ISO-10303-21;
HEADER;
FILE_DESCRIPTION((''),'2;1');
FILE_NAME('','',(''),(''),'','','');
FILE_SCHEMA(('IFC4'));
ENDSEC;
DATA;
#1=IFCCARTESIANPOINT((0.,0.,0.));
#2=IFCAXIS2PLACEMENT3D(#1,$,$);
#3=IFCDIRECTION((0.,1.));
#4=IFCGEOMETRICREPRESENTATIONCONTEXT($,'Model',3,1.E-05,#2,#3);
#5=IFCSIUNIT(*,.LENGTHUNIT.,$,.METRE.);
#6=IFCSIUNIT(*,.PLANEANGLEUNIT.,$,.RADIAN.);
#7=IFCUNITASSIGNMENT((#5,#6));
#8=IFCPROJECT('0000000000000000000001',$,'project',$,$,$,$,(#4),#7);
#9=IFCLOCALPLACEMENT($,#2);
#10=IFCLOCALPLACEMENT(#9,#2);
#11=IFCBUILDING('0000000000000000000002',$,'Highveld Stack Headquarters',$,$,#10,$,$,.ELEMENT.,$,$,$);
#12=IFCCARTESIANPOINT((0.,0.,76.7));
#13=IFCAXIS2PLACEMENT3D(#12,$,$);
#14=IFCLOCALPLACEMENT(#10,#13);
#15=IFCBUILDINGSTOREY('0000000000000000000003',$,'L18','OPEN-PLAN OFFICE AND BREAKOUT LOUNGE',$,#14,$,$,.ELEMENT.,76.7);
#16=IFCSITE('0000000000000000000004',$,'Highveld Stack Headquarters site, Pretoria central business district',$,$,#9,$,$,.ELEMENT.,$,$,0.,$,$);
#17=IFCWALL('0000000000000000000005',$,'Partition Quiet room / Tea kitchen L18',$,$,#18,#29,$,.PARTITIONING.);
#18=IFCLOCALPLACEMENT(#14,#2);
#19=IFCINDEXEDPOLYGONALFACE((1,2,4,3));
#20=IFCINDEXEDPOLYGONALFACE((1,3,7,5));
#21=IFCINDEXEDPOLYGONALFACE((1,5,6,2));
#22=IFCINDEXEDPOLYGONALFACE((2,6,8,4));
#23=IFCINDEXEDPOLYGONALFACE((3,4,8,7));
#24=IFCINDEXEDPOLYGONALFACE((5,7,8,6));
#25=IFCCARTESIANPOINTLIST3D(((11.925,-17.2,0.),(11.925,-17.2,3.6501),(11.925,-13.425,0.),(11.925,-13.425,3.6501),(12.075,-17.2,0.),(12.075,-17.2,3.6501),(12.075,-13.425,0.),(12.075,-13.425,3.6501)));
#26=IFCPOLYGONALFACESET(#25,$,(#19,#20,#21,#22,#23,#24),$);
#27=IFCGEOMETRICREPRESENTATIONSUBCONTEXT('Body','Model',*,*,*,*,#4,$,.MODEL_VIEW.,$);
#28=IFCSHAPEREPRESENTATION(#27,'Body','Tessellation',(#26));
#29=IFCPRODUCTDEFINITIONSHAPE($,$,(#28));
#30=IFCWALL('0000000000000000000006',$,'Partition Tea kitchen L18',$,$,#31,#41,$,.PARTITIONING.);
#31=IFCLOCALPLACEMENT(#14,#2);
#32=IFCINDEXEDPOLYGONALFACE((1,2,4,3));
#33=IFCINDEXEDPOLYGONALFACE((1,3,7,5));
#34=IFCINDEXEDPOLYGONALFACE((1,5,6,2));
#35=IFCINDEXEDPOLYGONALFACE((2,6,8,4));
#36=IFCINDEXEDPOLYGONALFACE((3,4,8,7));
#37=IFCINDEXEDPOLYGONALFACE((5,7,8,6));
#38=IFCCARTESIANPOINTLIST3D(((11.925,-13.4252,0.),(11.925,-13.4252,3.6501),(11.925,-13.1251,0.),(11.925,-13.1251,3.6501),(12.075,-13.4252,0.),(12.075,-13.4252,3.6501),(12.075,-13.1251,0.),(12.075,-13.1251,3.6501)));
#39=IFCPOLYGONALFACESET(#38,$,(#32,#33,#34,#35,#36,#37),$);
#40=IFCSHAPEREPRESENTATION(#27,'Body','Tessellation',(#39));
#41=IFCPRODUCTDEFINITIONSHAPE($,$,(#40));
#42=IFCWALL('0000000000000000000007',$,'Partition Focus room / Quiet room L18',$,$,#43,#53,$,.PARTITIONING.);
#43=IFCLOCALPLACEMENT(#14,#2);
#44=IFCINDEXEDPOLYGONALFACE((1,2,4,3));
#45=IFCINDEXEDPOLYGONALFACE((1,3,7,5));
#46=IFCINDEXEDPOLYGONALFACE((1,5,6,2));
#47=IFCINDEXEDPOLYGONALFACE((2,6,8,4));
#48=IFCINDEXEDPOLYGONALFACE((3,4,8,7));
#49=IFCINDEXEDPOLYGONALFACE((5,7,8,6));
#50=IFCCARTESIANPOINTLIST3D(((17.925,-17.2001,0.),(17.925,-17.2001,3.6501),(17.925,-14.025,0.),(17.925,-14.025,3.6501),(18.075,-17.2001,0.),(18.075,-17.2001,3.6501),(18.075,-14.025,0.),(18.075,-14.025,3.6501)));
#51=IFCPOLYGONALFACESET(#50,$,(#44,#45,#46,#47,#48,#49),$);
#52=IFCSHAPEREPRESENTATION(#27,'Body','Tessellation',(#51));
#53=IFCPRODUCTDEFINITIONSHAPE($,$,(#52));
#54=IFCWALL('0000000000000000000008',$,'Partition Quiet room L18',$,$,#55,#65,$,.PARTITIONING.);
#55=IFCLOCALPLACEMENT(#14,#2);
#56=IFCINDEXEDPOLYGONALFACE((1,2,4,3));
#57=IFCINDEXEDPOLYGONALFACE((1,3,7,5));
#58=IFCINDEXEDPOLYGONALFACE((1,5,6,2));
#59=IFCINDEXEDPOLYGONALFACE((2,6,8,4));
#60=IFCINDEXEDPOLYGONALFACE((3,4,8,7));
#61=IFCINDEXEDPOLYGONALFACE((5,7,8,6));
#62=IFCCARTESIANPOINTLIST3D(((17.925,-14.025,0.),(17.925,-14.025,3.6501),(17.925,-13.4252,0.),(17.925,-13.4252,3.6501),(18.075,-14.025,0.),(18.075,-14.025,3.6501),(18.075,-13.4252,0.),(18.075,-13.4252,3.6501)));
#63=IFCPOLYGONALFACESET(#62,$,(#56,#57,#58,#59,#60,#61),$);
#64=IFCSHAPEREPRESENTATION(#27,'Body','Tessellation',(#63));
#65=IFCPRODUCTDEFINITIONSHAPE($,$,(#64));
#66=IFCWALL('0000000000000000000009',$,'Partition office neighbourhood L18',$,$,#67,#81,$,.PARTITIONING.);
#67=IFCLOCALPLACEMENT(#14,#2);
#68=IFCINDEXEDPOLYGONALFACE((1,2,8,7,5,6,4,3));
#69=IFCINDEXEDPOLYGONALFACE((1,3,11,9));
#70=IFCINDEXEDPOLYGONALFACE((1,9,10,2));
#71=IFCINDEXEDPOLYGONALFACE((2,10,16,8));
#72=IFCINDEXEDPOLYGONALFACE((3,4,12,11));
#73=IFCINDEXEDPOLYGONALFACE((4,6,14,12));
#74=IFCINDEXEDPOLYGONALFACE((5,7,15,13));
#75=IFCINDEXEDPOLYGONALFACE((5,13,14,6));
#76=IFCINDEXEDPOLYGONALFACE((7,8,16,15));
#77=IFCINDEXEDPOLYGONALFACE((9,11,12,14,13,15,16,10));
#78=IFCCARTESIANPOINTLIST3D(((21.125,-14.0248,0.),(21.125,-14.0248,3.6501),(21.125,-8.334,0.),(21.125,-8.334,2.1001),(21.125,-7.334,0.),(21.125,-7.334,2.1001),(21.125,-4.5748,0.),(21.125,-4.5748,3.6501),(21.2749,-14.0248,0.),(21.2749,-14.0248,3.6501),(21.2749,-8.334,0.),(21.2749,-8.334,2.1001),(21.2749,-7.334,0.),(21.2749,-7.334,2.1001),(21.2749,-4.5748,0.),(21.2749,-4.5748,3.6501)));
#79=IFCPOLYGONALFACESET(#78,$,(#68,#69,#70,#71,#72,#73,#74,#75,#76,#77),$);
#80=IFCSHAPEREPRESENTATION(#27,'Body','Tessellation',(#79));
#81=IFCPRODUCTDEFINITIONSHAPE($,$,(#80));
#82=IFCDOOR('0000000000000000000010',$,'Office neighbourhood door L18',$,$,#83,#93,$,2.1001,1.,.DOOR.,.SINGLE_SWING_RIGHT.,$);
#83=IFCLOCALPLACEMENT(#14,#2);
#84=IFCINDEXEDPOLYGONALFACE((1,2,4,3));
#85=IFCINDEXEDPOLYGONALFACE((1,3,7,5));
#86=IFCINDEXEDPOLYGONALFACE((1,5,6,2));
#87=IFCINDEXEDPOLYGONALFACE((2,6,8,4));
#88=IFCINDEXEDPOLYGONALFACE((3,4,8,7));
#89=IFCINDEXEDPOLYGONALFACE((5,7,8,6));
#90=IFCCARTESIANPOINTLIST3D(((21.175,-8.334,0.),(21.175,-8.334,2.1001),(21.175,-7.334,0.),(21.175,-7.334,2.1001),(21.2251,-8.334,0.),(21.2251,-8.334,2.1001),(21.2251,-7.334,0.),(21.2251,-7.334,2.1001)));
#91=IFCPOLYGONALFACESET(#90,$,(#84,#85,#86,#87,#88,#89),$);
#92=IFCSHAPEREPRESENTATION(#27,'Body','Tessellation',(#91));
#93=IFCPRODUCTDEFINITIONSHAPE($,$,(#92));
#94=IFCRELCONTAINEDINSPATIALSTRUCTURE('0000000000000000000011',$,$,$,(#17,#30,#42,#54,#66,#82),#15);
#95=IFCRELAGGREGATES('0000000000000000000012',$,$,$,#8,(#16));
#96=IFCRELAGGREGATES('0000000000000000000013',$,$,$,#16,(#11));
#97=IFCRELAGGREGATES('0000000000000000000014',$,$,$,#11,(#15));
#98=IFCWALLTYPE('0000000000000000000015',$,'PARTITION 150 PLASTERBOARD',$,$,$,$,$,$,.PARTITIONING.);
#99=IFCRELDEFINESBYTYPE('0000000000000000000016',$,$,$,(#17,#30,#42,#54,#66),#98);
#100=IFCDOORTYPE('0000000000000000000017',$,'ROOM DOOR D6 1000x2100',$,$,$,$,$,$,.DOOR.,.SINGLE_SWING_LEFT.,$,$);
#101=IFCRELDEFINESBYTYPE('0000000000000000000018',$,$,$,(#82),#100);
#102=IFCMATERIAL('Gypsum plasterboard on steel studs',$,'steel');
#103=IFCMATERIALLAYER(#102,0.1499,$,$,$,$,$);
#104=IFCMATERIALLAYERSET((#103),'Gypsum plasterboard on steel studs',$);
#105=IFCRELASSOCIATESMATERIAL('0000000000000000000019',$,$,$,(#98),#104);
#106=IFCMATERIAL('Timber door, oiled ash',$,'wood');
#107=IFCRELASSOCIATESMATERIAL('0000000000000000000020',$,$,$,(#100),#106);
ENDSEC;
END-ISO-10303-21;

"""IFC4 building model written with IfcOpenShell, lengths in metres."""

from ifc_helpers import new_model, si_unit, direction, frame, frame_2d, origin, place, context, subcontext, project, spatial, rectangle, extrude, material, layer, layer_set, type_object, element, fill, save


model = new_model("IFC4")

# Units and contexts
model_context = context("Model", 3, precision=1e-05, world=origin(), true_north=direction((0.0, 1.0)))
body_context = subcontext(model_context, "Body", "Model", "MODEL_VIEW")
ifc_project = project(units=[si_unit("LENGTHUNIT", "METRE"), si_unit("PLANEANGLEUNIT", "RADIAN")], contexts=[model_context])

# Site, building, storey
site_placement = place(None, origin())
site = spatial("IfcSite", under=ifc_project, at=site_placement, Name="Highveld Stack Headquarters site, Pretoria central business district", CompositionType="ELEMENT", RefElevation=0.0)
building_placement = place(site_placement, origin())
building = spatial("IfcBuilding", under=site, at=building_placement, Name="Highveld Stack Headquarters", CompositionType="ELEMENT")
storey_placement = place(building_placement, frame((0.0, 0.0, 76.7)))
storey = spatial("IfcBuildingStorey", under=building, at=storey_placement, Name="L18", Description="OPEN-PLAN OFFICE AND BREAKOUT LOUNGE", CompositionType="ELEMENT", Elevation=76.7)

# Shared definitions
ifc_material_1 = material(Name="Gypsum plasterboard on steel studs", Category="steel")
ifc_layer_1 = layer(ifc_material_1, 0.1499)
ifc_layer_set_1 = layer_set([ifc_layer_1], Name="Gypsum plasterboard on steel studs")
wall_type_1 = type_object("IfcWallType", Name="PARTITION 150 PLASTERBOARD", PredefinedType="PARTITIONING", material=ifc_layer_set_1)
ifc_material_2 = material(Name="Timber door, oiled ash", Category="wood")
door_type = type_object("IfcDoorType", Name="ROOM DOOR D6 1000x2100", OperationType="SINGLE_SWING_LEFT", PredefinedType="DOOR", material=ifc_material_2)

# Walls
wall_1_placement = place(storey_placement, frame((12.0, -17.2, 0.0), z_axis=(0.0, 0.0, 1.0), x_axis=(0.0, 1.0, 0.0)))
element("IfcWall", 1, at=wall_1_placement, inside=storey, type_object=wall_type_1, Name="Partition Quiet room / Tea kitchen L18", PredefinedType="PARTITIONING", context=body_context, shape_type="SweptSolid", body=[
    extrude(rectangle(XDim=3.7749, YDim=0.1499, at=frame_2d((1.8875, 0.0))), origin(), (0.0, 0.0, 1.0), 3.6501),
])
wall_2_placement = place(storey_placement, frame((12.0, -13.425, 0.0), z_axis=(0.0, 0.0, 1.0), x_axis=(0.0, 1.0, 0.0)))
element("IfcWall", 2, at=wall_2_placement, inside=storey, type_object=wall_type_1, Name="Partition Tea kitchen L18", PredefinedType="PARTITIONING", context=body_context, shape_type="SweptSolid", body=[
    extrude(rectangle(XDim=0.3, YDim=0.1499, at=frame_2d((0.1499, 0.0))), origin(), (0.0, 0.0, 1.0), 3.6501),
])
wall_3_placement = place(storey_placement, frame((18.0, -17.2, 0.0), z_axis=(0.0, 0.0, 1.0), x_axis=(0.0, 1.0, 0.0)))
element("IfcWall", 3, at=wall_3_placement, inside=storey, type_object=wall_type_1, Name="Partition Focus room / Quiet room L18", PredefinedType="PARTITIONING", context=body_context, shape_type="SweptSolid", body=[
    extrude(rectangle(XDim=3.175, YDim=0.1499, at=frame_2d((1.5874, 0.0))), origin(), (0.0, 0.0, 1.0), 3.6501),
])
wall_4_placement = place(storey_placement, frame((18.0, -14.0249, 0.0), z_axis=(0.0, 0.0, 1.0), x_axis=(0.0, 1.0, 0.0)))
element("IfcWall", 4, at=wall_4_placement, inside=storey, type_object=wall_type_1, Name="Partition Quiet room L18", PredefinedType="PARTITIONING", context=body_context, shape_type="SweptSolid", body=[
    extrude(rectangle(XDim=0.5999, YDim=0.1499, at=frame_2d((0.2998, 0.0))), origin(), (0.0, 0.0, 1.0), 3.6501),
])

# Wall, opening, door
wall_5_placement = place(storey_placement, frame((21.2, -14.0249, 0.0), z_axis=(0.0, 0.0, 1.0), x_axis=(0.0, 1.0, 0.0)))
wall_5 = element("IfcWall", 5, at=wall_5_placement, inside=storey, type_object=wall_type_1, Name="Partition office neighbourhood L18", PredefinedType="PARTITIONING", context=body_context, shape_type="SweptSolid", body=[
    extrude(rectangle(XDim=9.45, YDim=0.1499, at=frame_2d((4.7251, 0.0))), origin(), (0.0, 0.0, 1.0), 3.6501),
])
opening_1_placement = place(wall_5_placement, frame((5.6909, 0.0, 0.0)))
opening_1 = element("IfcOpeningElement", 6, at=opening_1_placement, cuts=wall_5, PredefinedType="OPENING", context=body_context, shape_type="SweptSolid", body=[
    extrude(rectangle(XDim=1.0, YDim=2.1001, at=frame_2d((0.5, 1.05))), frame((0.0, 0.085, 0.0), z_axis=(0.0, -1.0, 0.0), x_axis=(1.0, 0.0, 0.0)), (0.0, 0.0, 1.0), 0.1699),
])
door_1_placement = place(opening_1_placement, origin())
door_1 = element("IfcDoor", 7, at=door_1_placement, inside=storey, type_object=door_type, Name="Office neighbourhood door L18", OperationType="SINGLE_SWING_RIGHT", OverallHeight=2.1001, OverallWidth=1.0, PredefinedType="DOOR", context=body_context, shape_type="SweptSolid", body=[
    extrude(rectangle(XDim=1.0, YDim=2.1001, at=frame_2d((0.5, 1.05))), frame((0.0, 0.0249, 0.0), z_axis=(0.0, -1.0, 0.0), x_axis=(1.0, 0.0, 0.0)), (0.0, 0.0, 1.0), 0.05),
])
fill(opening_1, door_1)

save(model, "model.ifc")
